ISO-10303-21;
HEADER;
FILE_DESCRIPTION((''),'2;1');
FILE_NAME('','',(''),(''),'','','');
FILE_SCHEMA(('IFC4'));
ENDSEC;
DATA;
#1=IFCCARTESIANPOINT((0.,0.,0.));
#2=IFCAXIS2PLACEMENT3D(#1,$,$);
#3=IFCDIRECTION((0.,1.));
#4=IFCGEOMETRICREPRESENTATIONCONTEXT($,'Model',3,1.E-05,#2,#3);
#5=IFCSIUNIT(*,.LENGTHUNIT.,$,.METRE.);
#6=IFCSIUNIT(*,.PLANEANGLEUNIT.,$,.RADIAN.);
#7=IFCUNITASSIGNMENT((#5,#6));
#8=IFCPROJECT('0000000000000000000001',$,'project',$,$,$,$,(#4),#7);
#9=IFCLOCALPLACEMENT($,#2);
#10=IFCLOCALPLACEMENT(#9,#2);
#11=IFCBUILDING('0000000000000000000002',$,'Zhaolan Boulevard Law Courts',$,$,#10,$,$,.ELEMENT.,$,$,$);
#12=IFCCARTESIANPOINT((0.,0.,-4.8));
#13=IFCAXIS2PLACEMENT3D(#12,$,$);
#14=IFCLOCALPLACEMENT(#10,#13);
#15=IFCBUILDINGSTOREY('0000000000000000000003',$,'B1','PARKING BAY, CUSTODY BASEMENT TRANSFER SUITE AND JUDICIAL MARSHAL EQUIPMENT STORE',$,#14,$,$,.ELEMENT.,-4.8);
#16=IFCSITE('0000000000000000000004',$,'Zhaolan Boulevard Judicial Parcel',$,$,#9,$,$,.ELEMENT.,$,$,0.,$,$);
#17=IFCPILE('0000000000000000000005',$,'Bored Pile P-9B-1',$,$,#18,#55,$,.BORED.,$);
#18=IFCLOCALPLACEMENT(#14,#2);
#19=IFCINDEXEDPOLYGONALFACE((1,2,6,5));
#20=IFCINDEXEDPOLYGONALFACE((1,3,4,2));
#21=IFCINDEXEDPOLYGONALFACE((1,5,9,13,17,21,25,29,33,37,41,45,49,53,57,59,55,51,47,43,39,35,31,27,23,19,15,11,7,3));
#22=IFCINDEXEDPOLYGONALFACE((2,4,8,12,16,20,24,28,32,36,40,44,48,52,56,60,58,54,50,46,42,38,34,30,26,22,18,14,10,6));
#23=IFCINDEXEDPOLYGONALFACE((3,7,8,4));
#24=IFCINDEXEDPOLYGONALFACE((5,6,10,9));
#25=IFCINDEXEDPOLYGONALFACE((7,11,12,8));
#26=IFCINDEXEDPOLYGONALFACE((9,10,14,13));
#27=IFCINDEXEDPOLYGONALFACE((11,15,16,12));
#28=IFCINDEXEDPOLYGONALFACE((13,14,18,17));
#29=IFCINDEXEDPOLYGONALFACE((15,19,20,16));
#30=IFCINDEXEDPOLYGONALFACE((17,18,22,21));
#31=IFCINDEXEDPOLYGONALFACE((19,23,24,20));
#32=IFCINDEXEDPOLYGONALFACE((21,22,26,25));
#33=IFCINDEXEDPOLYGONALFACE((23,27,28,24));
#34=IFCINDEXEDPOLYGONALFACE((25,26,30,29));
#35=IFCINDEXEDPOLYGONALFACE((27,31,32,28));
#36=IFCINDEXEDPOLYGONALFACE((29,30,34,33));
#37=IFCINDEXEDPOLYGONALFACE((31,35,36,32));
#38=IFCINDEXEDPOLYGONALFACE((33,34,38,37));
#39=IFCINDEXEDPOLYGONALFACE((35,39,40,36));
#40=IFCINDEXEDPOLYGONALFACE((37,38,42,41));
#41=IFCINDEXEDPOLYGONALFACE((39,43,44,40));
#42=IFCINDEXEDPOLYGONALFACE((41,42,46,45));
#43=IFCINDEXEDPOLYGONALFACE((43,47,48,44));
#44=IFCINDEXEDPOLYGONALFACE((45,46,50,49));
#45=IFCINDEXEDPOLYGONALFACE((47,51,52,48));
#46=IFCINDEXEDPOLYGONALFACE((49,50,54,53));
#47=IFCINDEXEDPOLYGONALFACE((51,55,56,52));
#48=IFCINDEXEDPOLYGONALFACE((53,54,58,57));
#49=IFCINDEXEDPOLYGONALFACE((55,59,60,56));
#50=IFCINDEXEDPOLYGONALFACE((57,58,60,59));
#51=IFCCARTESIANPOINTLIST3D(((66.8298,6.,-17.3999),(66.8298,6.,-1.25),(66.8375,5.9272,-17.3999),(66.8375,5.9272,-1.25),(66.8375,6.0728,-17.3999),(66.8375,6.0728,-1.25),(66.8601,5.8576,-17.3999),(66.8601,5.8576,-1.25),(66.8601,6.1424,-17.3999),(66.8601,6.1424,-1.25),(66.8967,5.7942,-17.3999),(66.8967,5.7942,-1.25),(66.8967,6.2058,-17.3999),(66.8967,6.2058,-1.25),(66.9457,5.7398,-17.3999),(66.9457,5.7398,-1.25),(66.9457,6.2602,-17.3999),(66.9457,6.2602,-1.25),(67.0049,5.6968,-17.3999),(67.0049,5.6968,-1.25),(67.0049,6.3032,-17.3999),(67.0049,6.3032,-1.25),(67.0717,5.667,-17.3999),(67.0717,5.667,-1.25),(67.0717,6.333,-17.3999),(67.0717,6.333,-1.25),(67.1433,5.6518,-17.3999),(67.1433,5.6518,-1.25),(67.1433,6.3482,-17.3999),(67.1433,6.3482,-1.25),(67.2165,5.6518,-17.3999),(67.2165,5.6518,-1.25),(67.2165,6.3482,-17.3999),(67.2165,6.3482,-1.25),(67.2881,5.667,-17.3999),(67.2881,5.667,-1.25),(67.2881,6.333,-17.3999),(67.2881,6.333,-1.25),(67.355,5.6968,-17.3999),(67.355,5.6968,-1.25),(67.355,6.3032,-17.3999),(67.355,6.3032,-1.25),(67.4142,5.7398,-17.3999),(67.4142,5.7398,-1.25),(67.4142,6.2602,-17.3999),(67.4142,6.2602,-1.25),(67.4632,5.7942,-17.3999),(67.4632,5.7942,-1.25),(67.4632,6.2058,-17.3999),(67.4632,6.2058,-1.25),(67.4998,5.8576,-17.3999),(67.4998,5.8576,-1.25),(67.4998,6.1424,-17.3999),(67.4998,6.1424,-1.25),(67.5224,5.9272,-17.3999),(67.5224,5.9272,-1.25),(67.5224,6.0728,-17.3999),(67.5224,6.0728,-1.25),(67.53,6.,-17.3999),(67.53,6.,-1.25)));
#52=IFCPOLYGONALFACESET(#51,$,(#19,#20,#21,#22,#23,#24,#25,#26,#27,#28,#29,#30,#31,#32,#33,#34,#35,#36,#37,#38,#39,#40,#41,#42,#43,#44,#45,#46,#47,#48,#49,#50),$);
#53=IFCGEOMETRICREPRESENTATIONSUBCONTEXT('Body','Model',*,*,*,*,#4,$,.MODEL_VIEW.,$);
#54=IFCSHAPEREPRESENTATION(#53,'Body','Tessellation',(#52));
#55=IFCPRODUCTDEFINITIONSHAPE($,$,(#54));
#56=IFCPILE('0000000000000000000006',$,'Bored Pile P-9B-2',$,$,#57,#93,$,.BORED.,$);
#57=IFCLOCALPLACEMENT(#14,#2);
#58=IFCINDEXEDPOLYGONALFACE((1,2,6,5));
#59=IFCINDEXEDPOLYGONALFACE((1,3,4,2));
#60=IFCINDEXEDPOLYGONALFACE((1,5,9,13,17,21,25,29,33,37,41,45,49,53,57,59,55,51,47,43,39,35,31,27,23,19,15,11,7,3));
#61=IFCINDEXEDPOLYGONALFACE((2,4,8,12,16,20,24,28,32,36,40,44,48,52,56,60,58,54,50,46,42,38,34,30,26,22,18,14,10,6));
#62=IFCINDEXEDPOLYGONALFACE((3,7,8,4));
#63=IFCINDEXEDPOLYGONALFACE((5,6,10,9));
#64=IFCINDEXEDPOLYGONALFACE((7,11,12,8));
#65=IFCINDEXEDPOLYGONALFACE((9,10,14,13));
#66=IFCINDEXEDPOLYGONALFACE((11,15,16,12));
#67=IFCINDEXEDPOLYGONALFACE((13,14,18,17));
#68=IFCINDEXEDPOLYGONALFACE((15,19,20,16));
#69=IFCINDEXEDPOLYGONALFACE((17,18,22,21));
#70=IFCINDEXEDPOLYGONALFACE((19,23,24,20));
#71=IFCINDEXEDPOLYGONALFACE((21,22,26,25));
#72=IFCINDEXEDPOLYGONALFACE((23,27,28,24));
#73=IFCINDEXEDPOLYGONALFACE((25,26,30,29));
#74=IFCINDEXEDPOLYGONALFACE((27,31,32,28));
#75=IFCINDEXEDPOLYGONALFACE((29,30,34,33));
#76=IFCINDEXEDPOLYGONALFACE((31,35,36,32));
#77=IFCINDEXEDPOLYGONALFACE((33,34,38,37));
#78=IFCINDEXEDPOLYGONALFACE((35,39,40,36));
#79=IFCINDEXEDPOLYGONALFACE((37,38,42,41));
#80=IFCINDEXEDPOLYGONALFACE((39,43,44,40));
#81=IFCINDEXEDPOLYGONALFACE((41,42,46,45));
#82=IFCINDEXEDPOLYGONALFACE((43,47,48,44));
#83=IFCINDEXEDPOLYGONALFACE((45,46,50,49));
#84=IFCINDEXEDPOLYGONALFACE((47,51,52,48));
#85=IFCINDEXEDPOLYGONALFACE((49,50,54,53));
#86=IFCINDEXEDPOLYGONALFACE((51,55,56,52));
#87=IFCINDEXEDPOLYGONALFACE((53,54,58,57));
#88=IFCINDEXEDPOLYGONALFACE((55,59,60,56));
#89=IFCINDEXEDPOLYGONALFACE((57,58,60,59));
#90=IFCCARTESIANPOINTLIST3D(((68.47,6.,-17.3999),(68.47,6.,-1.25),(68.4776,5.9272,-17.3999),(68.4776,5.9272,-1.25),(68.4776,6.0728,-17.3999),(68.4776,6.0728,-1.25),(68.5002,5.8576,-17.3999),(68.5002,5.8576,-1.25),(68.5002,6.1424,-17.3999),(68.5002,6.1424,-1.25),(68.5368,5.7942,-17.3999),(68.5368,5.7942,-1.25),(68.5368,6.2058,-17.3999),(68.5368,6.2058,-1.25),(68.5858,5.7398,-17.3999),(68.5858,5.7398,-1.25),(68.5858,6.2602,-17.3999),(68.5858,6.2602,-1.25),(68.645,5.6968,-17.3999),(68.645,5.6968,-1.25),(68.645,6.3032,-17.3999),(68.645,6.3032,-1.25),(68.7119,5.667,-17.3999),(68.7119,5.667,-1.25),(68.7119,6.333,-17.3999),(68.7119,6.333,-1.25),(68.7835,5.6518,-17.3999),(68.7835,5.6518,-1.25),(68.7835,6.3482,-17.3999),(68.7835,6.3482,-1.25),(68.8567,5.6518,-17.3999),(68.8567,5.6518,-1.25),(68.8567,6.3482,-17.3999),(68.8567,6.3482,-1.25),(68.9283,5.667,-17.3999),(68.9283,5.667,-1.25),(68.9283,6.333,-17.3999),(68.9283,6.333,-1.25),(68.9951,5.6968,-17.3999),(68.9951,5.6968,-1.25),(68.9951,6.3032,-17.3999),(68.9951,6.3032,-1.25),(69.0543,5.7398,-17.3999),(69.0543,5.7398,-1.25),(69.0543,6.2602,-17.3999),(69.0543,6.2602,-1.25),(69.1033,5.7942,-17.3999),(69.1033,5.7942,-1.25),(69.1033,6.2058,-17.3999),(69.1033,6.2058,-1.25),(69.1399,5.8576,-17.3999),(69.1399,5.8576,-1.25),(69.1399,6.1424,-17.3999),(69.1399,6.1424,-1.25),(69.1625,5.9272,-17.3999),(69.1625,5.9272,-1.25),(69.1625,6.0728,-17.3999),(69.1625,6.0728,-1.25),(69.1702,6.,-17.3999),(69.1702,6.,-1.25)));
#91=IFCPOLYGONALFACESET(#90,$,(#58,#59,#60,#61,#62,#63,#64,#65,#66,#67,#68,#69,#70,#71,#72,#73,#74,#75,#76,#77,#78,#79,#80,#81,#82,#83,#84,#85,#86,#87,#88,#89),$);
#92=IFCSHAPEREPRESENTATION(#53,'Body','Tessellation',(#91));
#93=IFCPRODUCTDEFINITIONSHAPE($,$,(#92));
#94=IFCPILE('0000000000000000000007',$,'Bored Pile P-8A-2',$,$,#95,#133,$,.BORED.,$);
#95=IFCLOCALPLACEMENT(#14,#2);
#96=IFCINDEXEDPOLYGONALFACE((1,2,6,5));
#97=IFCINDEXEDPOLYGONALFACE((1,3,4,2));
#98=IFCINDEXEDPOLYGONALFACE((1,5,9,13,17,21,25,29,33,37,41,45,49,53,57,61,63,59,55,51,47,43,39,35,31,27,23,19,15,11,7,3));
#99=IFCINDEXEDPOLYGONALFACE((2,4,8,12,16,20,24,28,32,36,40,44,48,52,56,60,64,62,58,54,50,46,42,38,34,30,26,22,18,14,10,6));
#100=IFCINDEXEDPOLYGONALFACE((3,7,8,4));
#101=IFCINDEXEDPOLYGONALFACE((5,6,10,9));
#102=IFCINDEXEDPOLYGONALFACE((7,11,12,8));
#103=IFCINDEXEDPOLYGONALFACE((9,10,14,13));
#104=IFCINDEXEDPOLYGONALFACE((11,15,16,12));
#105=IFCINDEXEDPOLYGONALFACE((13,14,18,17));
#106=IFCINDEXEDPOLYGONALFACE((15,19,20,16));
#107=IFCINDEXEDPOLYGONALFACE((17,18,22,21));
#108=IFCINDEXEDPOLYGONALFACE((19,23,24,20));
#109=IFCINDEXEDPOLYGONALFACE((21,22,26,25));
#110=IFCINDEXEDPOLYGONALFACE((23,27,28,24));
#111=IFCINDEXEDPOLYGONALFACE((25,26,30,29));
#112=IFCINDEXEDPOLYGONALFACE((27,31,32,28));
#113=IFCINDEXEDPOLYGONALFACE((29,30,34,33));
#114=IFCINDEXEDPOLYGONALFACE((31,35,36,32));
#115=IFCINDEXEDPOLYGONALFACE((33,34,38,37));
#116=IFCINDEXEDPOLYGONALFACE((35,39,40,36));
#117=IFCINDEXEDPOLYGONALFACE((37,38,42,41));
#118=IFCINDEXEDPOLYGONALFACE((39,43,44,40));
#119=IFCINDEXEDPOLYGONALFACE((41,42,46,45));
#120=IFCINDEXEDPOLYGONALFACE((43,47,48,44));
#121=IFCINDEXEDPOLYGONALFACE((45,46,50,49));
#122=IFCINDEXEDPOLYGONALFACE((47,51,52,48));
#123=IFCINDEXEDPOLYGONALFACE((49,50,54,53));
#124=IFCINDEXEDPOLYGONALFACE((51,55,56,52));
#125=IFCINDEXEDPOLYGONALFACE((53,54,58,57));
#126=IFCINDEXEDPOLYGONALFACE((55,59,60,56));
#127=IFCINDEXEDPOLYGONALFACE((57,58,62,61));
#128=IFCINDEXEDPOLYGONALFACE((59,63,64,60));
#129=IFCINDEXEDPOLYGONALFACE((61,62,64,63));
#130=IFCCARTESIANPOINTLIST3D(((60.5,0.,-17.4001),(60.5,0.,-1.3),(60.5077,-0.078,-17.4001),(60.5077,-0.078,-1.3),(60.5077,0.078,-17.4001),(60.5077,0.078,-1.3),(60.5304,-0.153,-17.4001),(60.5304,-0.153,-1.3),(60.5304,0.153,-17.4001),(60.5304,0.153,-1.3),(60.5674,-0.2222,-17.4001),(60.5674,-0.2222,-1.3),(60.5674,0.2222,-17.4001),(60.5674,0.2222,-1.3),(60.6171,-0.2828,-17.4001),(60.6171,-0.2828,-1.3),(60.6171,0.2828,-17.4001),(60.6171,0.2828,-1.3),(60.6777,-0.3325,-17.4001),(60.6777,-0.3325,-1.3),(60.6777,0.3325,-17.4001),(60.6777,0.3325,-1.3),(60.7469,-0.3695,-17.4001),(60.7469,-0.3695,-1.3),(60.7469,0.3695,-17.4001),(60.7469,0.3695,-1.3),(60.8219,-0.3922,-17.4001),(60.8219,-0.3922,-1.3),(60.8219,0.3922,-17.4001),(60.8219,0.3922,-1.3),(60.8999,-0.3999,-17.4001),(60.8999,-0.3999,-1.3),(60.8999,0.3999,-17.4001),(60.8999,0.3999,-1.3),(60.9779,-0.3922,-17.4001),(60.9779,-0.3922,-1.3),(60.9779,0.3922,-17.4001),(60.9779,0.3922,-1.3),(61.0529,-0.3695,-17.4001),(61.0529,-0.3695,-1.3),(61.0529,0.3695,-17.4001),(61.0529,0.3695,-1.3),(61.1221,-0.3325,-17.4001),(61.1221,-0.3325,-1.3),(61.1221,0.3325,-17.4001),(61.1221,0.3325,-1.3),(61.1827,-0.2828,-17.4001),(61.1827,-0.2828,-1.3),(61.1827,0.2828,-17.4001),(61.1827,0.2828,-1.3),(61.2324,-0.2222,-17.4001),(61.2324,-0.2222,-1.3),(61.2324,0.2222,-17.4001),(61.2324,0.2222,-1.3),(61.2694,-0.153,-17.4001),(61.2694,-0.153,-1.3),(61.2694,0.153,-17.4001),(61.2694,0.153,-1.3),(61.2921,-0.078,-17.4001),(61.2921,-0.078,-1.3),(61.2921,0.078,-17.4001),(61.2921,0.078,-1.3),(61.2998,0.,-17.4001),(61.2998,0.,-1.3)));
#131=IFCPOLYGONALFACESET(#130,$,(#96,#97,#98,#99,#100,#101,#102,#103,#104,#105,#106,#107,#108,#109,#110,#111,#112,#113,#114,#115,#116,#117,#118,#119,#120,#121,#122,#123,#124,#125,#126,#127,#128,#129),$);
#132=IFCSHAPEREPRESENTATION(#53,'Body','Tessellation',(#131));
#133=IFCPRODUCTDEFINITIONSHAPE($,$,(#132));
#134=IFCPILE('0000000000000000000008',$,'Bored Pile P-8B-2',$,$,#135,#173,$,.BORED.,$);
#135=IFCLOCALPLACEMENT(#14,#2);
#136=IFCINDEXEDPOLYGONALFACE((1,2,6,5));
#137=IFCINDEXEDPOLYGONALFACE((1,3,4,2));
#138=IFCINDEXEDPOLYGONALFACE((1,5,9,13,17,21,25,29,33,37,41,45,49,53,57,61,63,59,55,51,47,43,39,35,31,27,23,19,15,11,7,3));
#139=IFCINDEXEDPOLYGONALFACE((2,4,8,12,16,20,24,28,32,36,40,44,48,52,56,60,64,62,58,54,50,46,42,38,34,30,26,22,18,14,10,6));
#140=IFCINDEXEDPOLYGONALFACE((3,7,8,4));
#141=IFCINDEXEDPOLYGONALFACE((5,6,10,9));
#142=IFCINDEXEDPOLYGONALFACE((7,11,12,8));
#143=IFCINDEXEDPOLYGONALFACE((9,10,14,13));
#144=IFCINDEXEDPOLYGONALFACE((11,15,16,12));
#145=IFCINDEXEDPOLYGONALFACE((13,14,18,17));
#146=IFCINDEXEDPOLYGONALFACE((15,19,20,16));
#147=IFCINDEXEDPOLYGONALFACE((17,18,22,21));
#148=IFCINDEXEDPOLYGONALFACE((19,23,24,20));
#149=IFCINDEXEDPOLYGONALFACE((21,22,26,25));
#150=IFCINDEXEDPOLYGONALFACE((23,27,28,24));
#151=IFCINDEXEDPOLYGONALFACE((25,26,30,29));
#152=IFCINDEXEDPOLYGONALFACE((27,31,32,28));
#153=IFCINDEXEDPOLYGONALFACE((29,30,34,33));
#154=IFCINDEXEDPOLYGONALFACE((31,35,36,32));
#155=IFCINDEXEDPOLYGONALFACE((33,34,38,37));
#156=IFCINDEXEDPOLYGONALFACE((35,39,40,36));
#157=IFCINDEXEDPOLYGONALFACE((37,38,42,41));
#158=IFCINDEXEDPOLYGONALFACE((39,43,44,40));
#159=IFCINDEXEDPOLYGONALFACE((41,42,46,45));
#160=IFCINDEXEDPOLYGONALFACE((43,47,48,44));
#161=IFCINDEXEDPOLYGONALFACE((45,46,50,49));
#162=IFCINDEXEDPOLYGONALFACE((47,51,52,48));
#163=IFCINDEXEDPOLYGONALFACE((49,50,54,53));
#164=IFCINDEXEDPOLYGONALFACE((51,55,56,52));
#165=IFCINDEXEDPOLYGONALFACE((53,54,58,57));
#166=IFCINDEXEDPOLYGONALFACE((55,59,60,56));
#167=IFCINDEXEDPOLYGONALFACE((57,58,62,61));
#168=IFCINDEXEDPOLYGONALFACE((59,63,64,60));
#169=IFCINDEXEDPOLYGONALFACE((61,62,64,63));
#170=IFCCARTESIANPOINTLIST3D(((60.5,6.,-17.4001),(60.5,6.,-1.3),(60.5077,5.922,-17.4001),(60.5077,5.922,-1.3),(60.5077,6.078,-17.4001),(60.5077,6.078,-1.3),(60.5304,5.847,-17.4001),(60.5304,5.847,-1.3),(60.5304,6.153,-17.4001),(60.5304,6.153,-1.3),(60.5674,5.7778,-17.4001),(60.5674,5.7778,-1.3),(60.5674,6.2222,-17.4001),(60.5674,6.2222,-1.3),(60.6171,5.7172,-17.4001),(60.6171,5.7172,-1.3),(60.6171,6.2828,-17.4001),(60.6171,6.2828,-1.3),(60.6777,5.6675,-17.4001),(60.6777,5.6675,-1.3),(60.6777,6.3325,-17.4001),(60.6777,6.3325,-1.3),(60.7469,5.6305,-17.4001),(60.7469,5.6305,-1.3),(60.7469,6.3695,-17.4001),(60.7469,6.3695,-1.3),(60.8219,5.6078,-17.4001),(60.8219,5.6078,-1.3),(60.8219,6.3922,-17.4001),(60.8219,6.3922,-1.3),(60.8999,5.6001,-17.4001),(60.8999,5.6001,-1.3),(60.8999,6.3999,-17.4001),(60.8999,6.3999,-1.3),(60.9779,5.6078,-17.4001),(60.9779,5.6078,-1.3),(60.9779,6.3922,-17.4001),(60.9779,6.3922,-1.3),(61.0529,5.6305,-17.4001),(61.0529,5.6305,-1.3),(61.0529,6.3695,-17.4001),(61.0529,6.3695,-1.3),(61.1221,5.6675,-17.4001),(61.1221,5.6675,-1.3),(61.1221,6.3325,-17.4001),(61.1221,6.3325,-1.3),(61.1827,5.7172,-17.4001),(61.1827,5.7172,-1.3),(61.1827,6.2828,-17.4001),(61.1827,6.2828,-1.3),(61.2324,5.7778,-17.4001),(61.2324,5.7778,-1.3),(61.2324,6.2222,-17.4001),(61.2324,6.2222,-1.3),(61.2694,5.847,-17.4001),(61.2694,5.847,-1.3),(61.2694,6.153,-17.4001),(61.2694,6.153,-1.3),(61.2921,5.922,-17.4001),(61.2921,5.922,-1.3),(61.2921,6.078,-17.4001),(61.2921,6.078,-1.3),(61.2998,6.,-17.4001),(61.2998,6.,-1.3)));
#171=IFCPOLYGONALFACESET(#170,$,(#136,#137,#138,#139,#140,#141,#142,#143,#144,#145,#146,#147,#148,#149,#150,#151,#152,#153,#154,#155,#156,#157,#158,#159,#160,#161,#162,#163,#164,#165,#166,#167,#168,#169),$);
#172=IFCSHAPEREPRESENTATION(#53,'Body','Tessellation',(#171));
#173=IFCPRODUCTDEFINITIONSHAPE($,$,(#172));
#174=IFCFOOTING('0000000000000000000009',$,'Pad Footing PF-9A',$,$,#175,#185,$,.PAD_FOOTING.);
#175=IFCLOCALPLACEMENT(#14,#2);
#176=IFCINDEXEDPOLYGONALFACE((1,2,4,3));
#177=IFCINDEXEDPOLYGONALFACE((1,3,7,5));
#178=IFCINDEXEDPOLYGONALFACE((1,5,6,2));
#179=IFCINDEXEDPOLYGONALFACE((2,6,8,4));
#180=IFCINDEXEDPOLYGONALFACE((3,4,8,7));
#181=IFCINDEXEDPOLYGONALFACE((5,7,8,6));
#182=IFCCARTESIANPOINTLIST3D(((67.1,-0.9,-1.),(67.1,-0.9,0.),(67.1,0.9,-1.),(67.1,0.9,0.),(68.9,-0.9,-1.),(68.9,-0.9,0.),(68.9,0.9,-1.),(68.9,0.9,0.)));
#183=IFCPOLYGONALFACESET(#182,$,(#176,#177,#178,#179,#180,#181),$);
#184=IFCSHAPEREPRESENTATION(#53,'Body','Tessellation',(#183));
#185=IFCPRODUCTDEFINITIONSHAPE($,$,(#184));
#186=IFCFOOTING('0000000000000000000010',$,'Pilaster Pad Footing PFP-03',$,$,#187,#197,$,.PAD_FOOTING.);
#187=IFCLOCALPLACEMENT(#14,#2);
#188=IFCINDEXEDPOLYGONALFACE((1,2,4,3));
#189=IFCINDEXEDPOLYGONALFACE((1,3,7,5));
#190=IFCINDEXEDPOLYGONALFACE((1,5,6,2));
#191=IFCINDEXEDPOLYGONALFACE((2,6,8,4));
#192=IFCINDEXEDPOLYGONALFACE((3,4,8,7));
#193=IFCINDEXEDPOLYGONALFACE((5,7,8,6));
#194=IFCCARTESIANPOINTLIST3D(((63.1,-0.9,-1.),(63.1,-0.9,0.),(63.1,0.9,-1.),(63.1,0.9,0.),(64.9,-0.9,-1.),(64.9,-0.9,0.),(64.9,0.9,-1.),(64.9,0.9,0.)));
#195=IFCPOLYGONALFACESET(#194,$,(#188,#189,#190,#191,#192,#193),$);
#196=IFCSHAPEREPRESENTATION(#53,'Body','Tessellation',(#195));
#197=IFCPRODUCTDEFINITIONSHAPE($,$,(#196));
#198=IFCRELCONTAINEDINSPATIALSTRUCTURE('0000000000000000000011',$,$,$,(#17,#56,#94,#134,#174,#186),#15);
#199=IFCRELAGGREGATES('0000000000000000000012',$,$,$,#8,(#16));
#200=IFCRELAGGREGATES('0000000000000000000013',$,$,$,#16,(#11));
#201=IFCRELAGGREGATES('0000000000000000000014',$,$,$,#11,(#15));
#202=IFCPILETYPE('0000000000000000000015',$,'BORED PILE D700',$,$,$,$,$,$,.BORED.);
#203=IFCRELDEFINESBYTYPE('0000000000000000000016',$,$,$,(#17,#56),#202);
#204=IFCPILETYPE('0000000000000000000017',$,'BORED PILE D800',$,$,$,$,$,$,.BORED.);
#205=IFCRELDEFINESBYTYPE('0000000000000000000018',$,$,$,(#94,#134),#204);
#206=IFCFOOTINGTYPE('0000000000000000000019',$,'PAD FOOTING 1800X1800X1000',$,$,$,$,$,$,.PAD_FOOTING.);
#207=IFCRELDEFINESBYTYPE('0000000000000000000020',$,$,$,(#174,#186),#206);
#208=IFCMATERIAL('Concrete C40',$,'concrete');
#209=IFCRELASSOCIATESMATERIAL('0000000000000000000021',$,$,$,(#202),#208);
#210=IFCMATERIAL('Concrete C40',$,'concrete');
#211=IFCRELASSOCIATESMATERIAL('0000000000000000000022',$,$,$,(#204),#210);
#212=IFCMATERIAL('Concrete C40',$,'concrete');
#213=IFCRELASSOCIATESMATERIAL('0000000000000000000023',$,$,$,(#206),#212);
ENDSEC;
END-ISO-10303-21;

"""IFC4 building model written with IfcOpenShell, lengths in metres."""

from ifc_helpers import new_model, si_unit, direction, frame, origin, origin_2d, place, context, subcontext, project, spatial, rectangle, circle, extrude, material, material_profile, profile_set, type_object, element, save


model = new_model("IFC4")

# Units and contexts
model_context = context("Model", 3, precision=1e-05, world=origin(), true_north=direction((0.0, 1.0)))
body_context = subcontext(model_context, "Body", "Model", "MODEL_VIEW")
ifc_project = project(units=[si_unit("LENGTHUNIT", "METRE"), si_unit("PLANEANGLEUNIT", "RADIAN")], contexts=[model_context])

# Site, building, storey
site_placement = place(None, origin())
site = spatial("IfcSite", under=ifc_project, at=site_placement, Name="Zhaolan Boulevard Judicial Parcel", CompositionType="ELEMENT", RefElevation=0.0)
building_placement = place(site_placement, origin())
building = spatial("IfcBuilding", under=site, at=building_placement, Name="Zhaolan Boulevard Law Courts", CompositionType="ELEMENT")
storey_placement = place(building_placement, frame((0.0, 0.0, -4.8)))
storey = spatial("IfcBuildingStorey", under=building, at=storey_placement, Name="B1", Description="PARKING BAY, CUSTODY BASEMENT TRANSFER SUITE AND JUDICIAL MARSHAL EQUIPMENT STORE", CompositionType="ELEMENT", Elevation=-4.8)

# Piles
ifc_material_1 = material(Name="Concrete C40", Category="concrete")
ifc_material_profile_1 = material_profile(ifc_material_1, circle(Radius=0.3501, at=origin_2d()), Name="PILE-D700")
ifc_profile_set_1 = profile_set([ifc_material_profile_1], Name="Concrete C40")
pile_type_1 = type_object("IfcPileType", Name="BORED PILE D700", PredefinedType="BORED", material=ifc_profile_set_1)
for number, where, z_axis, x_axis, name in (
    (1, (67.1799, 6.0, -1.25), (0.0, 0.0, -1.0), (1.0, 0.0, 0.0), "Bored Pile P-9B-1"),
    (2, (68.8201, 6.0, -1.25), (0.0, 0.0, -1.0), (1.0, 0.0, 0.0), "Bored Pile P-9B-2"),
):
    element("IfcPile", number, at=place(storey_placement, frame(where, z_axis=z_axis, x_axis=x_axis)), inside=storey, type_object=pile_type_1, Name=name, PredefinedType="BORED", context=body_context, shape_type="SweptSolid", body=[
        extrude(circle(Radius=0.3501, at=origin_2d()), origin(), (0.0, 0.0, 1.0), 16.1499),
    ])
ifc_material_2 = material(Name="Concrete C40", Category="concrete")
ifc_material_profile_2 = material_profile(ifc_material_2, circle(Radius=0.3999, at=origin_2d()), Name="PILE-D800")
ifc_profile_set_2 = profile_set([ifc_material_profile_2], Name="Concrete C40")
pile_type_2 = type_object("IfcPileType", Name="BORED PILE D800", PredefinedType="BORED", material=ifc_profile_set_2)
for number, where, z_axis, x_axis, name in (
    (3, (60.8999, 0.0, -1.3), (0.0, 0.0, -1.0), (1.0, 0.0, 0.0), "Bored Pile P-8A-2"),
    (4, (60.8999, 6.0, -1.3), (0.0, 0.0, -1.0), (1.0, 0.0, 0.0), "Bored Pile P-8B-2"),
):
    element("IfcPile", number, at=place(storey_placement, frame(where, z_axis=z_axis, x_axis=x_axis)), inside=storey, type_object=pile_type_2, Name=name, PredefinedType="BORED", context=body_context, shape_type="SweptSolid", body=[
        extrude(circle(Radius=0.3999, at=origin_2d()), origin(), (0.0, 0.0, 1.0), 16.1001),
    ])

# Footings
ifc_material_3 = material(Name="Concrete C40", Category="concrete")
footing_type_1 = type_object("IfcFootingType", Name="PAD FOOTING 1800X1800X1000", PredefinedType="PAD_FOOTING", material=ifc_material_3)
for number, where, z_axis, x_axis, name in (
    (5, (68.0, 0.0, -1.0), (0.0, 0.0, 1.0), (1.0, 0.0, 0.0), "Pad Footing PF-9A"),
    (6, (64.0, 0.0, -1.0), (0.0, 0.0, 1.0), (1.0, 0.0, 0.0), "Pilaster Pad Footing PFP-03"),
):
    element("IfcFooting", number, at=place(storey_placement, frame(where, z_axis=z_axis, x_axis=x_axis)), inside=storey, type_object=footing_type_1, Name=name, PredefinedType="PAD_FOOTING", context=body_context, shape_type="SweptSolid", body=[
        extrude(rectangle(XDim=1.8, YDim=1.8, at=origin_2d()), origin(), (0.0, 0.0, 1.0), 1.0),
    ])

save(model, "model.ifc")
